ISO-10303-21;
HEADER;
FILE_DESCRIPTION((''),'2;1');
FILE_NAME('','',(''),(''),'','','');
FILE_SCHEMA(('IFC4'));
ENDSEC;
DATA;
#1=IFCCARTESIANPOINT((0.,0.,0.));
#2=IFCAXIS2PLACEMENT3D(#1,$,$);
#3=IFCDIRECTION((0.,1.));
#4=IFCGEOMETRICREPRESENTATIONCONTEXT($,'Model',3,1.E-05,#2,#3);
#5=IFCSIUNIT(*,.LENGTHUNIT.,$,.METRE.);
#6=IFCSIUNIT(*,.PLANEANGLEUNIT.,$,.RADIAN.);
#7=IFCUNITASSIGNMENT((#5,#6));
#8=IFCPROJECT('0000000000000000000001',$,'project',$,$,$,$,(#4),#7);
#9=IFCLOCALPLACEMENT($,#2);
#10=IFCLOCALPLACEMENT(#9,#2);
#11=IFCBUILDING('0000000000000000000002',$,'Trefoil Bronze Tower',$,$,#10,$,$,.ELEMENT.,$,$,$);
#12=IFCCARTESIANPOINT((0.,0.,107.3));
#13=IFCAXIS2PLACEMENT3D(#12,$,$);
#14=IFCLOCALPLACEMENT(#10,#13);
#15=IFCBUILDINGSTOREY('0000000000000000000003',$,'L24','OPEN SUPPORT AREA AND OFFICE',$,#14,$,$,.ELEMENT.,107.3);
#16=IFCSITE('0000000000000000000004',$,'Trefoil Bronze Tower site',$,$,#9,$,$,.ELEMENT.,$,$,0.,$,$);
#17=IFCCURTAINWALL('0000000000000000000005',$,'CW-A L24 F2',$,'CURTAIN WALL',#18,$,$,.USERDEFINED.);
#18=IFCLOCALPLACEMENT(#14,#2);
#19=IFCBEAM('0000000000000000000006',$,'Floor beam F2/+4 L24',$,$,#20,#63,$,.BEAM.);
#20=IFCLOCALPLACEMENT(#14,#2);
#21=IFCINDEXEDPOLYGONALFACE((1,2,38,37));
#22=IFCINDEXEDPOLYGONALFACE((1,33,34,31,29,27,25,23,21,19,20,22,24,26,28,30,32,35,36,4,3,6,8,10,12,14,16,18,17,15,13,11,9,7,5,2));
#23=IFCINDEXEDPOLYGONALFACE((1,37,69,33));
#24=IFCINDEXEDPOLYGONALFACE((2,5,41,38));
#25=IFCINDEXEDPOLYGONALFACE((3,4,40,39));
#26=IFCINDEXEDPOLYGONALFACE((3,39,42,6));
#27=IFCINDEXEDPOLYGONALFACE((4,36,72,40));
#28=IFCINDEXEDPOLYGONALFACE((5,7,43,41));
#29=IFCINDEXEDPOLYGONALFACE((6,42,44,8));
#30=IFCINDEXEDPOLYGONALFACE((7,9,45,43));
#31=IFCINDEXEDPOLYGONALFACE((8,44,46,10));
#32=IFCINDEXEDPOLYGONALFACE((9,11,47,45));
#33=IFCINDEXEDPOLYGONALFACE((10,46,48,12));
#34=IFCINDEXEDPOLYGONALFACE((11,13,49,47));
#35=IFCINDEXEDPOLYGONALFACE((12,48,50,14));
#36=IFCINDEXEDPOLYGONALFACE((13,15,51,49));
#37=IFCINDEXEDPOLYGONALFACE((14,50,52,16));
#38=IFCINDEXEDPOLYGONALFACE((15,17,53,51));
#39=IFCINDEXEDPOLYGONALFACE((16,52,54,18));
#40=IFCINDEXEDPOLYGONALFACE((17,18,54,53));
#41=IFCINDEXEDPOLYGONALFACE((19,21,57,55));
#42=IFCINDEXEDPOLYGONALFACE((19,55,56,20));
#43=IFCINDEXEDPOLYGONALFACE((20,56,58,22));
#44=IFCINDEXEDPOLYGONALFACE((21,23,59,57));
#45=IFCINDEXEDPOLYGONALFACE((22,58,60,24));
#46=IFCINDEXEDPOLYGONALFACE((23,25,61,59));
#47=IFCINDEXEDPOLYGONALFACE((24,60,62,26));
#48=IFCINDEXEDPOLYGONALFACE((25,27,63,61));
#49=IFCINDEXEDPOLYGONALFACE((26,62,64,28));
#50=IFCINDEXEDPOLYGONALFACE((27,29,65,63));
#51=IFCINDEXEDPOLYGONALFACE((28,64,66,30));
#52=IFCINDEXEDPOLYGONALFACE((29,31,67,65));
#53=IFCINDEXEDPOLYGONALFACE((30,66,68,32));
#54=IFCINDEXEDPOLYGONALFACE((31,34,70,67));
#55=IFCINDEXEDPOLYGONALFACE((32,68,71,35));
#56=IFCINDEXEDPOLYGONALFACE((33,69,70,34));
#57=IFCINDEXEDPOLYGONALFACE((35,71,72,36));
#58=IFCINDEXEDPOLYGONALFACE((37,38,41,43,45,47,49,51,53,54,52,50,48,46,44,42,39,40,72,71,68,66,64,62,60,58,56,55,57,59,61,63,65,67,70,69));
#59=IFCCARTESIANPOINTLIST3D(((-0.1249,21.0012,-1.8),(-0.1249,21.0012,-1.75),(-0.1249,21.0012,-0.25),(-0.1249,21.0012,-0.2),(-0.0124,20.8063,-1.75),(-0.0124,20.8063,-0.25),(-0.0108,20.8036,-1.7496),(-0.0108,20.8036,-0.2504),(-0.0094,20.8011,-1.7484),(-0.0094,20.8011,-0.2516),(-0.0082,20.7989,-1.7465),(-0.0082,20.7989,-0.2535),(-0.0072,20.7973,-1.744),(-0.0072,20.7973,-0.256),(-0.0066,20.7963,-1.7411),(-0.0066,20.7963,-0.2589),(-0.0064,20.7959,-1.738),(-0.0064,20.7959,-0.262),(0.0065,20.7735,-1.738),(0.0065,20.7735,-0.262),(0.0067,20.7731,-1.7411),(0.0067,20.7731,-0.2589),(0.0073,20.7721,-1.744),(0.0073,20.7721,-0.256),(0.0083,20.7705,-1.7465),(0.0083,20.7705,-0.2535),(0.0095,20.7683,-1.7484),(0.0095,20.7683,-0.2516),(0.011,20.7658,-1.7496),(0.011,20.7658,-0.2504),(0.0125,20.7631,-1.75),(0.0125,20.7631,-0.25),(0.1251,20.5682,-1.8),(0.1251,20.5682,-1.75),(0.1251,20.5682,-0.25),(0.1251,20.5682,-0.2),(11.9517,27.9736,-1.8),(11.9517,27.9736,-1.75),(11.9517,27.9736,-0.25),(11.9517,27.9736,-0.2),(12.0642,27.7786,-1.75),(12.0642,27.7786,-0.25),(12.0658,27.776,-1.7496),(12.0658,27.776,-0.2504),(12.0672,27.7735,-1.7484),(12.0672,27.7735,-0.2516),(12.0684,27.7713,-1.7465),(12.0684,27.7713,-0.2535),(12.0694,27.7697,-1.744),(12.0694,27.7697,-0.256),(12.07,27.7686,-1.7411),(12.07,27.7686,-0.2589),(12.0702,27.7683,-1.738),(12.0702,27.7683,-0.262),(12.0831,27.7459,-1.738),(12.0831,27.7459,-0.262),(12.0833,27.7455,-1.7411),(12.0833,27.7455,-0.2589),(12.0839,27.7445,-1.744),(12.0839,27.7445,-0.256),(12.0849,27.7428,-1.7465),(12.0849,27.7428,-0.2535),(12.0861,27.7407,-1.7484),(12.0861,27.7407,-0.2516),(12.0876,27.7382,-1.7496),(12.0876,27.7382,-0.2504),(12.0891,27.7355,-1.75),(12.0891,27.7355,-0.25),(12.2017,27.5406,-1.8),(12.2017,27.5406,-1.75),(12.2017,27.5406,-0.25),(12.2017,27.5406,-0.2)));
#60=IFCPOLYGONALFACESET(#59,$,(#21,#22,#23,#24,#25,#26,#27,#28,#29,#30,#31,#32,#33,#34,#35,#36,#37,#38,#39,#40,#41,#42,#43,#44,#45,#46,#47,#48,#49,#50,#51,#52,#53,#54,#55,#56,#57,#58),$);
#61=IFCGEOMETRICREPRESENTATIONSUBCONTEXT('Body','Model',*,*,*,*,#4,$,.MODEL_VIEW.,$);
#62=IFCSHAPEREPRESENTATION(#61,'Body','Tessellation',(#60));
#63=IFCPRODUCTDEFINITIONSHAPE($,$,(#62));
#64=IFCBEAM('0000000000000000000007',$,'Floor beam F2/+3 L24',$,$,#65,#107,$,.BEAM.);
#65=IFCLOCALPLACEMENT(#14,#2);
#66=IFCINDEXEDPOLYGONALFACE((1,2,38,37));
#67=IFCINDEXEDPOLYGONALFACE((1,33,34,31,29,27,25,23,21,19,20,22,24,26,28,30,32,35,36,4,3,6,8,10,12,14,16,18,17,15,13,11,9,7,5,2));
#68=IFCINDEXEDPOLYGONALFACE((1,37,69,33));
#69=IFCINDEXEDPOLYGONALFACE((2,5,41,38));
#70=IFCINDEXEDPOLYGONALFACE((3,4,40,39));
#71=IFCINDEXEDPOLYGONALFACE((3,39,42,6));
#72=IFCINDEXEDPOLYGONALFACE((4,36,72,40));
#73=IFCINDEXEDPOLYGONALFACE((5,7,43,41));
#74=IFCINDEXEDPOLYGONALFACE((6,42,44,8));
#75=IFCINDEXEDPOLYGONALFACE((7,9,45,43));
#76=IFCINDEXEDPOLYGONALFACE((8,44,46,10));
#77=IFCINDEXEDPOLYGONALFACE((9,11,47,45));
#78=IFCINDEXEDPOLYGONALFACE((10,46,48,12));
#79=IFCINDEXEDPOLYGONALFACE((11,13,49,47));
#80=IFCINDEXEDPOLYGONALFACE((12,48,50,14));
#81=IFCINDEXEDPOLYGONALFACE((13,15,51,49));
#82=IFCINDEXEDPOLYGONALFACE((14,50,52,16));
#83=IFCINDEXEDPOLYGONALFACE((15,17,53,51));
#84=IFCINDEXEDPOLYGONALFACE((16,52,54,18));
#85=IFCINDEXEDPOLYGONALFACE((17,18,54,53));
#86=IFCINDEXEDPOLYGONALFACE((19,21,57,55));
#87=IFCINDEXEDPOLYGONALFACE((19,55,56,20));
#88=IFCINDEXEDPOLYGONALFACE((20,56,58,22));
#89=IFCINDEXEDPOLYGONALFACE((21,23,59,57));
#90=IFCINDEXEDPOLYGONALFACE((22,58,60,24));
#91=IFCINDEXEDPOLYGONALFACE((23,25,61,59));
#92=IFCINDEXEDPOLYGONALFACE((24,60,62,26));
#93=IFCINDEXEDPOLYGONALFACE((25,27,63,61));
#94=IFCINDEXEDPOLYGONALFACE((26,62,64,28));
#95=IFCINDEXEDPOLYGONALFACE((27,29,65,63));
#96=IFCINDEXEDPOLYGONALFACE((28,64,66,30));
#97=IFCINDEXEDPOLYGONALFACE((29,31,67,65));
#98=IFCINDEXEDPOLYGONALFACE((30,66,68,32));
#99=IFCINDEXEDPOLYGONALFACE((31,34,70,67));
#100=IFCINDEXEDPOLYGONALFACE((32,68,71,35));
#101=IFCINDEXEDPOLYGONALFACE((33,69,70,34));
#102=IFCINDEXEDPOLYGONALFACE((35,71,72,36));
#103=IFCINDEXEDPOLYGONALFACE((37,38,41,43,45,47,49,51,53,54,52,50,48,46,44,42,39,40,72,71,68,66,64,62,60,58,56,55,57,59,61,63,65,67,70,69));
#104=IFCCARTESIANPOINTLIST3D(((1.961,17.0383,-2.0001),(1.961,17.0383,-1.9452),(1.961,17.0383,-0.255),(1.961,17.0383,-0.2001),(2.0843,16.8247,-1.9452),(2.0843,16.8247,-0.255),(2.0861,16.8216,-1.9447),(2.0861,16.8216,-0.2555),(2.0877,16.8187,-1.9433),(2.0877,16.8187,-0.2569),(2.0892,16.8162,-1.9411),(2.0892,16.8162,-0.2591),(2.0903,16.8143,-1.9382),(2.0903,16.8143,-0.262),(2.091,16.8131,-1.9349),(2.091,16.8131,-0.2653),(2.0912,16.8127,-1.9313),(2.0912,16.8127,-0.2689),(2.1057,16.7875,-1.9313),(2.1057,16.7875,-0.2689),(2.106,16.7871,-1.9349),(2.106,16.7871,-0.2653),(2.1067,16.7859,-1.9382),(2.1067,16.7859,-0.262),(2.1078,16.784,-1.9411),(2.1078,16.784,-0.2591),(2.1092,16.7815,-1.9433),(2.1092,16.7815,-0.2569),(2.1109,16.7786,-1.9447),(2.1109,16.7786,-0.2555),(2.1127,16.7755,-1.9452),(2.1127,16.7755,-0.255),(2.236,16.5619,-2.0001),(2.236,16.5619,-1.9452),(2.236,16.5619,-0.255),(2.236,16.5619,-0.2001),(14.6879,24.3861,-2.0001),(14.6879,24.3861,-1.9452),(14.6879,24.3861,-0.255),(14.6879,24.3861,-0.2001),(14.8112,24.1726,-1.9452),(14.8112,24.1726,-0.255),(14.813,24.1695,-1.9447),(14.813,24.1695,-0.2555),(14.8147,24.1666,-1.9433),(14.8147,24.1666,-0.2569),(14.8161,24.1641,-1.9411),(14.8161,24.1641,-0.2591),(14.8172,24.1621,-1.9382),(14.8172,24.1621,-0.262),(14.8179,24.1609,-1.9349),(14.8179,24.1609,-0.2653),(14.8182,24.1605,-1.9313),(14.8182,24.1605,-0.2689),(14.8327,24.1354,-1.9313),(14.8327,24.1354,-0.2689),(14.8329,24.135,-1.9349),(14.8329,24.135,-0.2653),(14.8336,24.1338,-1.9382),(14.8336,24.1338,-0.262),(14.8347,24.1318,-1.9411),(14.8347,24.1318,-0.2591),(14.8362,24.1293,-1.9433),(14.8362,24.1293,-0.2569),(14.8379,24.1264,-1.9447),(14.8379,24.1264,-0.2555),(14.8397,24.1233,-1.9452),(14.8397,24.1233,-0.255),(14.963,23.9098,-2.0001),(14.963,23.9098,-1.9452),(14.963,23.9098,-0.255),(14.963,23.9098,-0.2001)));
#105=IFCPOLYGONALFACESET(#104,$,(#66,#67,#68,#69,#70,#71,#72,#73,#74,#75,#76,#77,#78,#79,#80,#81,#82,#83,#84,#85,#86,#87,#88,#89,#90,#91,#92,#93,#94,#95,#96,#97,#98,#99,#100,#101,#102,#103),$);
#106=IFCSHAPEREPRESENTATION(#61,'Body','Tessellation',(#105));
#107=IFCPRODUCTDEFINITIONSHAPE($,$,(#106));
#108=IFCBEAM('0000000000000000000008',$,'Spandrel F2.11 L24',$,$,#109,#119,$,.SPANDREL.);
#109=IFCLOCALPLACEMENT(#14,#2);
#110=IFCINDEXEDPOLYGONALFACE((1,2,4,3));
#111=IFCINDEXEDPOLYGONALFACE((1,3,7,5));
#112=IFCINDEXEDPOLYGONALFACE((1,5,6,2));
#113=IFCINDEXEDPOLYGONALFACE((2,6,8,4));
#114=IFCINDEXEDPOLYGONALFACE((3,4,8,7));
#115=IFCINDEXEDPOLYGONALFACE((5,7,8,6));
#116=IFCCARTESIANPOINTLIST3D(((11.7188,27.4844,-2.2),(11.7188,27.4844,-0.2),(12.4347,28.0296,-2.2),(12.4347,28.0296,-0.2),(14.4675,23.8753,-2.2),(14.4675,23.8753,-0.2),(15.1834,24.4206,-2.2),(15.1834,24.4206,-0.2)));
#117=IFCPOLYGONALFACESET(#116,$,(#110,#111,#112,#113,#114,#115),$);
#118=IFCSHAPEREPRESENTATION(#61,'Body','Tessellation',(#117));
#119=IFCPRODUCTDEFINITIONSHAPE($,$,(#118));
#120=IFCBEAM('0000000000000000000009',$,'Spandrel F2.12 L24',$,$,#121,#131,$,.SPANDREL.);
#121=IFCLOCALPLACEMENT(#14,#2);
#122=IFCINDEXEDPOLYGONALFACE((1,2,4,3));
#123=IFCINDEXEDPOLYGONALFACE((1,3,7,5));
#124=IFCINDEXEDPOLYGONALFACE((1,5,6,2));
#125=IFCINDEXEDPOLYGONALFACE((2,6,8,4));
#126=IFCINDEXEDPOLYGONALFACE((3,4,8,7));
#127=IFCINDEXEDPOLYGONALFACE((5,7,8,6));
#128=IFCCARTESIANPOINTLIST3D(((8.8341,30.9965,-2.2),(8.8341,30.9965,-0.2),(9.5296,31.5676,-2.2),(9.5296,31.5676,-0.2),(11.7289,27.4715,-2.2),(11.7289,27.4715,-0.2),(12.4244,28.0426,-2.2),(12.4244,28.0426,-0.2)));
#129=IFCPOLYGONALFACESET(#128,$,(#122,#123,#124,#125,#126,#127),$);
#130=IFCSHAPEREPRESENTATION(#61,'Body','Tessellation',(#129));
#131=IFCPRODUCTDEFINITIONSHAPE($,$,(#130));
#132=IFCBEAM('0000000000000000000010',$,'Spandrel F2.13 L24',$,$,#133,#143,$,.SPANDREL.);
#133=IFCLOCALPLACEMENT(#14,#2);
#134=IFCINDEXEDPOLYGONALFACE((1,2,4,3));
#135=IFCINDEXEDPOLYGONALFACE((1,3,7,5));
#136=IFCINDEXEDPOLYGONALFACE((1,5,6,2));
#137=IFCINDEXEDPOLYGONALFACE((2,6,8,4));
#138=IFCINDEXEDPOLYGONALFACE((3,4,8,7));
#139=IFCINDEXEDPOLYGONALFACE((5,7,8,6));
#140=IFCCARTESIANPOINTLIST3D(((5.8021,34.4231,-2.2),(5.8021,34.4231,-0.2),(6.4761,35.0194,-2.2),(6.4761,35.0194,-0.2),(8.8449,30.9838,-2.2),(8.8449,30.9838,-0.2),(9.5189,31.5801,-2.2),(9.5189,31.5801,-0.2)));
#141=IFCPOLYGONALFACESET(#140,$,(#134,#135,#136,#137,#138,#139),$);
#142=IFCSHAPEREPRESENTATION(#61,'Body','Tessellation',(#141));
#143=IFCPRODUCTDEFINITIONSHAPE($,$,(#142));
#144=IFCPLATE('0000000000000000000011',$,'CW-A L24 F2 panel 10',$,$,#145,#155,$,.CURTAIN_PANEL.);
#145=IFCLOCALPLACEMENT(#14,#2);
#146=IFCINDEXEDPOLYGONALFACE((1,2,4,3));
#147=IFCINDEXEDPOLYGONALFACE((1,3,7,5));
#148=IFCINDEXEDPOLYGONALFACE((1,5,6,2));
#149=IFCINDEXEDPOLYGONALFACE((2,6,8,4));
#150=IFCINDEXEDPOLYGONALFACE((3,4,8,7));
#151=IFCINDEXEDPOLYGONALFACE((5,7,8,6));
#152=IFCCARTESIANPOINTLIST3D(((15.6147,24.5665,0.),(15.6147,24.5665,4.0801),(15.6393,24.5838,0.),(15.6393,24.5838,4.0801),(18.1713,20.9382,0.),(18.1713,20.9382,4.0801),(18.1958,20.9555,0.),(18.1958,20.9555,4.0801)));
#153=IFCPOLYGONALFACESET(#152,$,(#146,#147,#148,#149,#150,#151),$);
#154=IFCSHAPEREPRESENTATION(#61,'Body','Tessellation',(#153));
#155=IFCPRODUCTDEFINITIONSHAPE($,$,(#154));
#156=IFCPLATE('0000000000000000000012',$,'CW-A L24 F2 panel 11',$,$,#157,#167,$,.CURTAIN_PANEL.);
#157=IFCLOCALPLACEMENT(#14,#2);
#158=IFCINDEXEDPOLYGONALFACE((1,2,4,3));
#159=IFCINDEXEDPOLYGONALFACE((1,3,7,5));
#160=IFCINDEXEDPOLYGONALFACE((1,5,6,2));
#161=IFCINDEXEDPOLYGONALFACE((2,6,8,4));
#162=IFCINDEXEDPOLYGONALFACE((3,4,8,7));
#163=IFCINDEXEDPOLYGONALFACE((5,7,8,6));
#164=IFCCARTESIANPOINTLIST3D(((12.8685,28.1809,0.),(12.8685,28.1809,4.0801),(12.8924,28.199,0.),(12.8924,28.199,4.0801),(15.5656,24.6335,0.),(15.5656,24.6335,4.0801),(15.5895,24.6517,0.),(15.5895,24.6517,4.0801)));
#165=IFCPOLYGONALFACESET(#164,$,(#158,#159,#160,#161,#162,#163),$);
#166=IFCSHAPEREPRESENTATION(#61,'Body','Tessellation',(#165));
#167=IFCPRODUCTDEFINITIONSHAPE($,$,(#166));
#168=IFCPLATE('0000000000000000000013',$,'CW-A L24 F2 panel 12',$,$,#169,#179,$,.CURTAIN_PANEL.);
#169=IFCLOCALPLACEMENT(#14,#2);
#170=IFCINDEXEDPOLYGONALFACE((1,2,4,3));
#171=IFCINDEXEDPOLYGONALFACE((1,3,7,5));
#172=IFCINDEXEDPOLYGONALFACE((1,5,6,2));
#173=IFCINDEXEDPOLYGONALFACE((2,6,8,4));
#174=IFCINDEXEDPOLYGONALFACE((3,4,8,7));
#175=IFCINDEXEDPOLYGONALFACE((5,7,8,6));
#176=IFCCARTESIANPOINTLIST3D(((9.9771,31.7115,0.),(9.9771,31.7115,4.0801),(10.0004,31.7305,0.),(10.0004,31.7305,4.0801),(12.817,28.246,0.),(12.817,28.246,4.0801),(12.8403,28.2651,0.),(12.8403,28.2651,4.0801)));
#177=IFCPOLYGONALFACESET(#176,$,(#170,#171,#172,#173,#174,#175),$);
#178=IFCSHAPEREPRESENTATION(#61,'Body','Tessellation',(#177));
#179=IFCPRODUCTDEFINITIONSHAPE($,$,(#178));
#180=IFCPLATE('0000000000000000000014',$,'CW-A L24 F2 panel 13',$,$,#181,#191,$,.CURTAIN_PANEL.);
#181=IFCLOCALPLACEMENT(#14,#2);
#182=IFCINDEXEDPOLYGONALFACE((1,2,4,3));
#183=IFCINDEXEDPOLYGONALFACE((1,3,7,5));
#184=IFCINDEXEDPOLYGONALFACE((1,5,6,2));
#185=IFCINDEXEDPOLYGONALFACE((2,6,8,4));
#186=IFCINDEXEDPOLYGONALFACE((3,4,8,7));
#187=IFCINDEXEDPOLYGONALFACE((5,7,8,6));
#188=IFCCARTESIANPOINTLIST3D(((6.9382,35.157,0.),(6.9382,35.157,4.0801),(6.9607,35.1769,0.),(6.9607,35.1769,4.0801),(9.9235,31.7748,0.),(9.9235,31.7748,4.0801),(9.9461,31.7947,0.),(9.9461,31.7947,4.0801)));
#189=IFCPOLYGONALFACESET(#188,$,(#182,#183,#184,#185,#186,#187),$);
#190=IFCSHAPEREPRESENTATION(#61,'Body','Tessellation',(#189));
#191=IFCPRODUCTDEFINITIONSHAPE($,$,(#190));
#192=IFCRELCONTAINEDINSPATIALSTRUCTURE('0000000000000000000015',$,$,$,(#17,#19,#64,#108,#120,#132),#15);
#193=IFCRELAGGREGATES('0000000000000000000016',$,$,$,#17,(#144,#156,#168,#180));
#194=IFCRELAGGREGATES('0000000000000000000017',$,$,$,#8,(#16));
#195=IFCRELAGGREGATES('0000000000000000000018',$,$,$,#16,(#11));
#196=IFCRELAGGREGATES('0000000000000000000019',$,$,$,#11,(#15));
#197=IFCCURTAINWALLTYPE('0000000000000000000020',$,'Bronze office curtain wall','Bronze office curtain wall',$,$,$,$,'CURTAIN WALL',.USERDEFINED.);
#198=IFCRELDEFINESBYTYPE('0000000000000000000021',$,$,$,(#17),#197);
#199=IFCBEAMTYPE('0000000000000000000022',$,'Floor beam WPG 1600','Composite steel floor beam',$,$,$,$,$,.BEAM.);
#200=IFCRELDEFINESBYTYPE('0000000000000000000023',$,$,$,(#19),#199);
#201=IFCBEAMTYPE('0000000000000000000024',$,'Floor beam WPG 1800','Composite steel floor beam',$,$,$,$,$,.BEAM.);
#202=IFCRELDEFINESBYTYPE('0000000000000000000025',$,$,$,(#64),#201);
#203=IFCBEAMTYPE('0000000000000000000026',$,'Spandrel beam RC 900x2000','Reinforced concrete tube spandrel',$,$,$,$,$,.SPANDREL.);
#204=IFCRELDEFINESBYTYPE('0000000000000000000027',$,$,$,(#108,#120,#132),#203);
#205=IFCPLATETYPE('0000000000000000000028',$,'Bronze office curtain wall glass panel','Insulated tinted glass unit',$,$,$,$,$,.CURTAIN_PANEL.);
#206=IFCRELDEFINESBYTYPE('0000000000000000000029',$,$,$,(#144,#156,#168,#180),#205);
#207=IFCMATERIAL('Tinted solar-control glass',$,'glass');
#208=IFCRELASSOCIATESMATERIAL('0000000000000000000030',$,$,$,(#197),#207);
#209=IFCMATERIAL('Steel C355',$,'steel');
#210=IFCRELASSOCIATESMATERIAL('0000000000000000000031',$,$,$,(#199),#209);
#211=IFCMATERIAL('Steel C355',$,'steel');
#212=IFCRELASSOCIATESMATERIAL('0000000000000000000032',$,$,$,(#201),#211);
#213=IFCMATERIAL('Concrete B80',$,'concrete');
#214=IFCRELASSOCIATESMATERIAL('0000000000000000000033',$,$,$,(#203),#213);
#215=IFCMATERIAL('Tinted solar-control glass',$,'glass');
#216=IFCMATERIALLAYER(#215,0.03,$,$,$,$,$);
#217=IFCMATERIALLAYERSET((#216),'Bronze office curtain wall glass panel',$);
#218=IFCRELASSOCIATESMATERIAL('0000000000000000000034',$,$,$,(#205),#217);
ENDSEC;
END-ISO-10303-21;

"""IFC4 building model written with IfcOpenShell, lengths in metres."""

from ifc_helpers import new_model, si_unit, direction, frame, origin, origin_2d, place, context, subcontext, project, spatial, rectangle, i_section, extrude, material, layer, layer_set, material_profile, profile_set, type_object, element, aggregate, save


model = new_model("IFC4")

# Units and contexts
model_context = context("Model", 3, precision=1e-05, world=origin(), true_north=direction((0.0, 1.0)))
body_context = subcontext(model_context, "Body", "Model", "MODEL_VIEW")
ifc_project = project(units=[si_unit("LENGTHUNIT", "METRE"), si_unit("PLANEANGLEUNIT", "RADIAN")], contexts=[model_context])

# Site, building, storey
site_placement = place(None, origin())
site = spatial("IfcSite", under=ifc_project, at=site_placement, Name="Trefoil Bronze Tower site", CompositionType="ELEMENT", RefElevation=0.0)
building_placement = place(site_placement, origin())
building = spatial("IfcBuilding", under=site, at=building_placement, Name="Trefoil Bronze Tower", CompositionType="ELEMENT")
storey_placement = place(building_placement, frame((0.0, 0.0, 107.3)))
storey = spatial("IfcBuildingStorey", under=building, at=storey_placement, Name="L24", Description="OPEN SUPPORT AREA AND OFFICE", CompositionType="ELEMENT", Elevation=107.3)

# Curtain wall
ifc_material_1 = material(Name="Tinted solar-control glass", Category="glass")
curtain_wall_type_1 = type_object("IfcCurtainWallType", Name="Bronze office curtain wall", Description="Bronze office curtain wall", ElementType="CURTAIN WALL", PredefinedType="USERDEFINED", material=ifc_material_1)
curtain_wall_1_placement = place(storey_placement, origin())
curtain_wall_1 = element("IfcCurtainWall", 1, at=curtain_wall_1_placement, inside=storey, type_object=curtain_wall_type_1, Name="CW-A L24 F2", ObjectType="CURTAIN WALL", PredefinedType="USERDEFINED")

# Beams
ifc_material_2 = material(Name="Steel C355", Category="steel")
ifc_material_profile_1 = material_profile(ifc_material_2, i_section(OverallWidth=0.5, OverallDepth=1.6001, WebThickness=0.0259, FlangeThickness=0.05, FilletRadius=0.012, at=origin_2d()), Name="WPG 1600")
ifc_profile_set_1 = profile_set([ifc_material_profile_1], Name="Steel C355")
beam_type_1 = type_object("IfcBeamType", Name="Floor beam WPG 1600", Description="Composite steel floor beam", PredefinedType="BEAM", material=ifc_profile_set_1)
beam_1_placement = place(storey_placement, frame((12.0767, 27.7571, -1.0), z_axis=(-0.866027, -0.499997, 0.0), x_axis=(0.499997, -0.866027, 0.0)))
element("IfcBeam", 2, at=beam_1_placement, inside=storey, type_object=beam_type_1, Name="Floor beam F2/+4 L24", PredefinedType="BEAM", context=body_context, shape_type="SweptSolid", body=[
    extrude(i_section(OverallWidth=0.5, OverallDepth=1.6001, WebThickness=0.0259, FlangeThickness=0.05, FilletRadius=0.012, at=origin_2d()), origin(), (0.0, 0.0, 1.0), 13.9448),
])
ifc_material_3 = material(Name="Steel C355", Category="steel")
ifc_material_profile_2 = material_profile(ifc_material_3, i_section(OverallWidth=0.55, OverallDepth=1.8, WebThickness=0.0291, FlangeThickness=0.0549, FilletRadius=0.0139, at=origin_2d()), Name="WPG 1800")
ifc_profile_set_2 = profile_set([ifc_material_profile_2], Name="Steel C355")
beam_type_2 = type_object("IfcBeamType", Name="Floor beam WPG 1800", Description="Composite steel floor beam", PredefinedType="BEAM", material=ifc_profile_set_2)
beam_2_placement = place(storey_placement, frame((14.8254, 24.1479, -1.1001), z_axis=(-0.866027, -0.499997, 0.0), x_axis=(0.499997, -0.866027, 0.0)))
element("IfcBeam", 3, at=beam_2_placement, inside=storey, type_object=beam_type_2, Name="Floor beam F2/+3 L24", PredefinedType="BEAM", context=body_context, shape_type="SweptSolid", body=[
    extrude(i_section(OverallWidth=0.55, OverallDepth=1.8, WebThickness=0.0291, FlangeThickness=0.0549, FilletRadius=0.0139, at=origin_2d()), origin(), (0.0, 0.0, 1.0), 14.6958),
])
ifc_material_4 = material(Name="Concrete B80", Category="concrete")
ifc_material_profile_3 = material_profile(ifc_material_4, rectangle(XDim=0.8999, YDim=2.0, at=origin_2d()), Name="RC 900x2000")
ifc_profile_set_3 = profile_set([ifc_material_profile_3], Name="Concrete B80")
beam_type_3 = type_object("IfcBeamType", Name="Spandrel beam RC 900x2000", Description="Reinforced concrete tube spandrel", PredefinedType="SPANDREL", material=ifc_profile_set_3)
beam_3_placement = place(storey_placement, frame((14.8254, 24.1479, -1.2), z_axis=(-0.605899, 0.795542, 0.0), x_axis=(-0.795542, -0.605899, 0.0)))
element("IfcBeam", 4, at=beam_3_placement, inside=storey, type_object=beam_type_3, Name="Spandrel F2.11 L24", PredefinedType="SPANDREL", context=body_context, shape_type="SweptSolid", body=[
    extrude(rectangle(XDim=0.8999, YDim=2.0, at=origin_2d()), origin(), (0.0, 0.0, 1.0), 4.5366),
])
beam_4_placement = place(storey_placement, frame((12.0767, 27.7571, -1.2), z_axis=(-0.63465, 0.772799, 0.0), x_axis=(-0.772799, -0.63465, 0.0)))
element("IfcBeam", 5, at=beam_4_placement, inside=storey, type_object=beam_type_3, Name="Spandrel F2.12 L24", PredefinedType="SPANDREL", context=body_context, shape_type="SweptSolid", body=[
    extrude(rectangle(XDim=0.8999, YDim=2.0, at=origin_2d()), origin(), (0.0, 0.0, 1.0), 4.5613),
])
beam_5_placement = place(storey_placement, frame((9.1819, 31.282, -1.2), z_axis=(-0.662616, 0.748959, 0.0), x_axis=(-0.748959, -0.662616, 0.0)))
element("IfcBeam", 6, at=beam_5_placement, inside=storey, type_object=beam_type_3, Name="Spandrel F2.13 L24", PredefinedType="SPANDREL", context=body_context, shape_type="SweptSolid", body=[
    extrude(rectangle(XDim=0.8999, YDim=2.0, at=origin_2d()), origin(), (0.0, 0.0, 1.0), 4.592),
])

# Plates
ifc_material_5 = material(Name="Tinted solar-control glass", Category="glass")
ifc_layer_1 = layer(ifc_material_5, 0.03)
ifc_layer_set_1 = layer_set([ifc_layer_1], Name="Bronze office curtain wall glass panel")
plate_type_1 = type_object("IfcPlateType", Name="Bronze office curtain wall glass panel", Description="Insulated tinted glass unit", PredefinedType="CURTAIN_PANEL", material=ifc_layer_set_1)
plate_1_placement = place(storey_placement, frame((16.9053, 22.761, 0.0), z_axis=(0.0, 0.0, 1.0), x_axis=(-0.575999, 0.81745, 0.0)))
plate_1 = element("IfcPlate", 7, at=plate_1_placement, type_object=plate_type_1, Name="CW-A L24 F2 panel 10", PredefinedType="CURTAIN_PANEL", context=body_context, shape_type="SweptSolid", body=[
    extrude(rectangle(XDim=4.4385, YDim=0.03, at=origin_2d()), origin(), (0.0, 0.0, 1.0), 4.0801),
])
plate_2_placement = place(storey_placement, frame((14.229, 26.4163, 0.0), z_axis=(0.0, 0.0, 1.0), x_axis=(-0.605252, 0.796034, 0.0)))
plate_2 = element("IfcPlate", 8, at=plate_2_placement, type_object=plate_type_1, Name="CW-A L24 F2 panel 11", PredefinedType="CURTAIN_PANEL", context=body_context, shape_type="SweptSolid", body=[
    extrude(rectangle(XDim=4.4563, YDim=0.03, at=origin_2d()), origin(), (0.0, 0.0, 1.0), 4.0801),
])
plate_3_placement = place(storey_placement, frame((11.4087, 29.9883, 0.0), z_axis=(0.0, 0.0, 1.0), x_axis=(-0.63384, 0.773464, 0.0)))
plate_3 = element("IfcPlate", 9, at=plate_3_placement, type_object=plate_type_1, Name="CW-A L24 F2 panel 12", PredefinedType="CURTAIN_PANEL", context=body_context, shape_type="SweptSolid", body=[
    extrude(rectangle(XDim=4.4805, YDim=0.03, at=origin_2d()), origin(), (0.0, 0.0, 1.0), 4.0801),
])
plate_4_placement = place(storey_placement, frame((8.4421, 33.4758, 0.0), z_axis=(0.0, 0.0, 1.0), x_axis=(-0.661751, 0.749723, 0.0)))
plate_4 = element("IfcPlate", 10, at=plate_4_placement, type_object=plate_type_1, Name="CW-A L24 F2 panel 13", PredefinedType="CURTAIN_PANEL", context=body_context, shape_type="SweptSolid", body=[
    extrude(rectangle(XDim=4.5112, YDim=0.03, at=origin_2d()), origin(), (0.0, 0.0, 1.0), 4.0801),
])
aggregate(curtain_wall_1, [plate_1, plate_2, plate_3, plate_4])

save(model, "model.ifc")
